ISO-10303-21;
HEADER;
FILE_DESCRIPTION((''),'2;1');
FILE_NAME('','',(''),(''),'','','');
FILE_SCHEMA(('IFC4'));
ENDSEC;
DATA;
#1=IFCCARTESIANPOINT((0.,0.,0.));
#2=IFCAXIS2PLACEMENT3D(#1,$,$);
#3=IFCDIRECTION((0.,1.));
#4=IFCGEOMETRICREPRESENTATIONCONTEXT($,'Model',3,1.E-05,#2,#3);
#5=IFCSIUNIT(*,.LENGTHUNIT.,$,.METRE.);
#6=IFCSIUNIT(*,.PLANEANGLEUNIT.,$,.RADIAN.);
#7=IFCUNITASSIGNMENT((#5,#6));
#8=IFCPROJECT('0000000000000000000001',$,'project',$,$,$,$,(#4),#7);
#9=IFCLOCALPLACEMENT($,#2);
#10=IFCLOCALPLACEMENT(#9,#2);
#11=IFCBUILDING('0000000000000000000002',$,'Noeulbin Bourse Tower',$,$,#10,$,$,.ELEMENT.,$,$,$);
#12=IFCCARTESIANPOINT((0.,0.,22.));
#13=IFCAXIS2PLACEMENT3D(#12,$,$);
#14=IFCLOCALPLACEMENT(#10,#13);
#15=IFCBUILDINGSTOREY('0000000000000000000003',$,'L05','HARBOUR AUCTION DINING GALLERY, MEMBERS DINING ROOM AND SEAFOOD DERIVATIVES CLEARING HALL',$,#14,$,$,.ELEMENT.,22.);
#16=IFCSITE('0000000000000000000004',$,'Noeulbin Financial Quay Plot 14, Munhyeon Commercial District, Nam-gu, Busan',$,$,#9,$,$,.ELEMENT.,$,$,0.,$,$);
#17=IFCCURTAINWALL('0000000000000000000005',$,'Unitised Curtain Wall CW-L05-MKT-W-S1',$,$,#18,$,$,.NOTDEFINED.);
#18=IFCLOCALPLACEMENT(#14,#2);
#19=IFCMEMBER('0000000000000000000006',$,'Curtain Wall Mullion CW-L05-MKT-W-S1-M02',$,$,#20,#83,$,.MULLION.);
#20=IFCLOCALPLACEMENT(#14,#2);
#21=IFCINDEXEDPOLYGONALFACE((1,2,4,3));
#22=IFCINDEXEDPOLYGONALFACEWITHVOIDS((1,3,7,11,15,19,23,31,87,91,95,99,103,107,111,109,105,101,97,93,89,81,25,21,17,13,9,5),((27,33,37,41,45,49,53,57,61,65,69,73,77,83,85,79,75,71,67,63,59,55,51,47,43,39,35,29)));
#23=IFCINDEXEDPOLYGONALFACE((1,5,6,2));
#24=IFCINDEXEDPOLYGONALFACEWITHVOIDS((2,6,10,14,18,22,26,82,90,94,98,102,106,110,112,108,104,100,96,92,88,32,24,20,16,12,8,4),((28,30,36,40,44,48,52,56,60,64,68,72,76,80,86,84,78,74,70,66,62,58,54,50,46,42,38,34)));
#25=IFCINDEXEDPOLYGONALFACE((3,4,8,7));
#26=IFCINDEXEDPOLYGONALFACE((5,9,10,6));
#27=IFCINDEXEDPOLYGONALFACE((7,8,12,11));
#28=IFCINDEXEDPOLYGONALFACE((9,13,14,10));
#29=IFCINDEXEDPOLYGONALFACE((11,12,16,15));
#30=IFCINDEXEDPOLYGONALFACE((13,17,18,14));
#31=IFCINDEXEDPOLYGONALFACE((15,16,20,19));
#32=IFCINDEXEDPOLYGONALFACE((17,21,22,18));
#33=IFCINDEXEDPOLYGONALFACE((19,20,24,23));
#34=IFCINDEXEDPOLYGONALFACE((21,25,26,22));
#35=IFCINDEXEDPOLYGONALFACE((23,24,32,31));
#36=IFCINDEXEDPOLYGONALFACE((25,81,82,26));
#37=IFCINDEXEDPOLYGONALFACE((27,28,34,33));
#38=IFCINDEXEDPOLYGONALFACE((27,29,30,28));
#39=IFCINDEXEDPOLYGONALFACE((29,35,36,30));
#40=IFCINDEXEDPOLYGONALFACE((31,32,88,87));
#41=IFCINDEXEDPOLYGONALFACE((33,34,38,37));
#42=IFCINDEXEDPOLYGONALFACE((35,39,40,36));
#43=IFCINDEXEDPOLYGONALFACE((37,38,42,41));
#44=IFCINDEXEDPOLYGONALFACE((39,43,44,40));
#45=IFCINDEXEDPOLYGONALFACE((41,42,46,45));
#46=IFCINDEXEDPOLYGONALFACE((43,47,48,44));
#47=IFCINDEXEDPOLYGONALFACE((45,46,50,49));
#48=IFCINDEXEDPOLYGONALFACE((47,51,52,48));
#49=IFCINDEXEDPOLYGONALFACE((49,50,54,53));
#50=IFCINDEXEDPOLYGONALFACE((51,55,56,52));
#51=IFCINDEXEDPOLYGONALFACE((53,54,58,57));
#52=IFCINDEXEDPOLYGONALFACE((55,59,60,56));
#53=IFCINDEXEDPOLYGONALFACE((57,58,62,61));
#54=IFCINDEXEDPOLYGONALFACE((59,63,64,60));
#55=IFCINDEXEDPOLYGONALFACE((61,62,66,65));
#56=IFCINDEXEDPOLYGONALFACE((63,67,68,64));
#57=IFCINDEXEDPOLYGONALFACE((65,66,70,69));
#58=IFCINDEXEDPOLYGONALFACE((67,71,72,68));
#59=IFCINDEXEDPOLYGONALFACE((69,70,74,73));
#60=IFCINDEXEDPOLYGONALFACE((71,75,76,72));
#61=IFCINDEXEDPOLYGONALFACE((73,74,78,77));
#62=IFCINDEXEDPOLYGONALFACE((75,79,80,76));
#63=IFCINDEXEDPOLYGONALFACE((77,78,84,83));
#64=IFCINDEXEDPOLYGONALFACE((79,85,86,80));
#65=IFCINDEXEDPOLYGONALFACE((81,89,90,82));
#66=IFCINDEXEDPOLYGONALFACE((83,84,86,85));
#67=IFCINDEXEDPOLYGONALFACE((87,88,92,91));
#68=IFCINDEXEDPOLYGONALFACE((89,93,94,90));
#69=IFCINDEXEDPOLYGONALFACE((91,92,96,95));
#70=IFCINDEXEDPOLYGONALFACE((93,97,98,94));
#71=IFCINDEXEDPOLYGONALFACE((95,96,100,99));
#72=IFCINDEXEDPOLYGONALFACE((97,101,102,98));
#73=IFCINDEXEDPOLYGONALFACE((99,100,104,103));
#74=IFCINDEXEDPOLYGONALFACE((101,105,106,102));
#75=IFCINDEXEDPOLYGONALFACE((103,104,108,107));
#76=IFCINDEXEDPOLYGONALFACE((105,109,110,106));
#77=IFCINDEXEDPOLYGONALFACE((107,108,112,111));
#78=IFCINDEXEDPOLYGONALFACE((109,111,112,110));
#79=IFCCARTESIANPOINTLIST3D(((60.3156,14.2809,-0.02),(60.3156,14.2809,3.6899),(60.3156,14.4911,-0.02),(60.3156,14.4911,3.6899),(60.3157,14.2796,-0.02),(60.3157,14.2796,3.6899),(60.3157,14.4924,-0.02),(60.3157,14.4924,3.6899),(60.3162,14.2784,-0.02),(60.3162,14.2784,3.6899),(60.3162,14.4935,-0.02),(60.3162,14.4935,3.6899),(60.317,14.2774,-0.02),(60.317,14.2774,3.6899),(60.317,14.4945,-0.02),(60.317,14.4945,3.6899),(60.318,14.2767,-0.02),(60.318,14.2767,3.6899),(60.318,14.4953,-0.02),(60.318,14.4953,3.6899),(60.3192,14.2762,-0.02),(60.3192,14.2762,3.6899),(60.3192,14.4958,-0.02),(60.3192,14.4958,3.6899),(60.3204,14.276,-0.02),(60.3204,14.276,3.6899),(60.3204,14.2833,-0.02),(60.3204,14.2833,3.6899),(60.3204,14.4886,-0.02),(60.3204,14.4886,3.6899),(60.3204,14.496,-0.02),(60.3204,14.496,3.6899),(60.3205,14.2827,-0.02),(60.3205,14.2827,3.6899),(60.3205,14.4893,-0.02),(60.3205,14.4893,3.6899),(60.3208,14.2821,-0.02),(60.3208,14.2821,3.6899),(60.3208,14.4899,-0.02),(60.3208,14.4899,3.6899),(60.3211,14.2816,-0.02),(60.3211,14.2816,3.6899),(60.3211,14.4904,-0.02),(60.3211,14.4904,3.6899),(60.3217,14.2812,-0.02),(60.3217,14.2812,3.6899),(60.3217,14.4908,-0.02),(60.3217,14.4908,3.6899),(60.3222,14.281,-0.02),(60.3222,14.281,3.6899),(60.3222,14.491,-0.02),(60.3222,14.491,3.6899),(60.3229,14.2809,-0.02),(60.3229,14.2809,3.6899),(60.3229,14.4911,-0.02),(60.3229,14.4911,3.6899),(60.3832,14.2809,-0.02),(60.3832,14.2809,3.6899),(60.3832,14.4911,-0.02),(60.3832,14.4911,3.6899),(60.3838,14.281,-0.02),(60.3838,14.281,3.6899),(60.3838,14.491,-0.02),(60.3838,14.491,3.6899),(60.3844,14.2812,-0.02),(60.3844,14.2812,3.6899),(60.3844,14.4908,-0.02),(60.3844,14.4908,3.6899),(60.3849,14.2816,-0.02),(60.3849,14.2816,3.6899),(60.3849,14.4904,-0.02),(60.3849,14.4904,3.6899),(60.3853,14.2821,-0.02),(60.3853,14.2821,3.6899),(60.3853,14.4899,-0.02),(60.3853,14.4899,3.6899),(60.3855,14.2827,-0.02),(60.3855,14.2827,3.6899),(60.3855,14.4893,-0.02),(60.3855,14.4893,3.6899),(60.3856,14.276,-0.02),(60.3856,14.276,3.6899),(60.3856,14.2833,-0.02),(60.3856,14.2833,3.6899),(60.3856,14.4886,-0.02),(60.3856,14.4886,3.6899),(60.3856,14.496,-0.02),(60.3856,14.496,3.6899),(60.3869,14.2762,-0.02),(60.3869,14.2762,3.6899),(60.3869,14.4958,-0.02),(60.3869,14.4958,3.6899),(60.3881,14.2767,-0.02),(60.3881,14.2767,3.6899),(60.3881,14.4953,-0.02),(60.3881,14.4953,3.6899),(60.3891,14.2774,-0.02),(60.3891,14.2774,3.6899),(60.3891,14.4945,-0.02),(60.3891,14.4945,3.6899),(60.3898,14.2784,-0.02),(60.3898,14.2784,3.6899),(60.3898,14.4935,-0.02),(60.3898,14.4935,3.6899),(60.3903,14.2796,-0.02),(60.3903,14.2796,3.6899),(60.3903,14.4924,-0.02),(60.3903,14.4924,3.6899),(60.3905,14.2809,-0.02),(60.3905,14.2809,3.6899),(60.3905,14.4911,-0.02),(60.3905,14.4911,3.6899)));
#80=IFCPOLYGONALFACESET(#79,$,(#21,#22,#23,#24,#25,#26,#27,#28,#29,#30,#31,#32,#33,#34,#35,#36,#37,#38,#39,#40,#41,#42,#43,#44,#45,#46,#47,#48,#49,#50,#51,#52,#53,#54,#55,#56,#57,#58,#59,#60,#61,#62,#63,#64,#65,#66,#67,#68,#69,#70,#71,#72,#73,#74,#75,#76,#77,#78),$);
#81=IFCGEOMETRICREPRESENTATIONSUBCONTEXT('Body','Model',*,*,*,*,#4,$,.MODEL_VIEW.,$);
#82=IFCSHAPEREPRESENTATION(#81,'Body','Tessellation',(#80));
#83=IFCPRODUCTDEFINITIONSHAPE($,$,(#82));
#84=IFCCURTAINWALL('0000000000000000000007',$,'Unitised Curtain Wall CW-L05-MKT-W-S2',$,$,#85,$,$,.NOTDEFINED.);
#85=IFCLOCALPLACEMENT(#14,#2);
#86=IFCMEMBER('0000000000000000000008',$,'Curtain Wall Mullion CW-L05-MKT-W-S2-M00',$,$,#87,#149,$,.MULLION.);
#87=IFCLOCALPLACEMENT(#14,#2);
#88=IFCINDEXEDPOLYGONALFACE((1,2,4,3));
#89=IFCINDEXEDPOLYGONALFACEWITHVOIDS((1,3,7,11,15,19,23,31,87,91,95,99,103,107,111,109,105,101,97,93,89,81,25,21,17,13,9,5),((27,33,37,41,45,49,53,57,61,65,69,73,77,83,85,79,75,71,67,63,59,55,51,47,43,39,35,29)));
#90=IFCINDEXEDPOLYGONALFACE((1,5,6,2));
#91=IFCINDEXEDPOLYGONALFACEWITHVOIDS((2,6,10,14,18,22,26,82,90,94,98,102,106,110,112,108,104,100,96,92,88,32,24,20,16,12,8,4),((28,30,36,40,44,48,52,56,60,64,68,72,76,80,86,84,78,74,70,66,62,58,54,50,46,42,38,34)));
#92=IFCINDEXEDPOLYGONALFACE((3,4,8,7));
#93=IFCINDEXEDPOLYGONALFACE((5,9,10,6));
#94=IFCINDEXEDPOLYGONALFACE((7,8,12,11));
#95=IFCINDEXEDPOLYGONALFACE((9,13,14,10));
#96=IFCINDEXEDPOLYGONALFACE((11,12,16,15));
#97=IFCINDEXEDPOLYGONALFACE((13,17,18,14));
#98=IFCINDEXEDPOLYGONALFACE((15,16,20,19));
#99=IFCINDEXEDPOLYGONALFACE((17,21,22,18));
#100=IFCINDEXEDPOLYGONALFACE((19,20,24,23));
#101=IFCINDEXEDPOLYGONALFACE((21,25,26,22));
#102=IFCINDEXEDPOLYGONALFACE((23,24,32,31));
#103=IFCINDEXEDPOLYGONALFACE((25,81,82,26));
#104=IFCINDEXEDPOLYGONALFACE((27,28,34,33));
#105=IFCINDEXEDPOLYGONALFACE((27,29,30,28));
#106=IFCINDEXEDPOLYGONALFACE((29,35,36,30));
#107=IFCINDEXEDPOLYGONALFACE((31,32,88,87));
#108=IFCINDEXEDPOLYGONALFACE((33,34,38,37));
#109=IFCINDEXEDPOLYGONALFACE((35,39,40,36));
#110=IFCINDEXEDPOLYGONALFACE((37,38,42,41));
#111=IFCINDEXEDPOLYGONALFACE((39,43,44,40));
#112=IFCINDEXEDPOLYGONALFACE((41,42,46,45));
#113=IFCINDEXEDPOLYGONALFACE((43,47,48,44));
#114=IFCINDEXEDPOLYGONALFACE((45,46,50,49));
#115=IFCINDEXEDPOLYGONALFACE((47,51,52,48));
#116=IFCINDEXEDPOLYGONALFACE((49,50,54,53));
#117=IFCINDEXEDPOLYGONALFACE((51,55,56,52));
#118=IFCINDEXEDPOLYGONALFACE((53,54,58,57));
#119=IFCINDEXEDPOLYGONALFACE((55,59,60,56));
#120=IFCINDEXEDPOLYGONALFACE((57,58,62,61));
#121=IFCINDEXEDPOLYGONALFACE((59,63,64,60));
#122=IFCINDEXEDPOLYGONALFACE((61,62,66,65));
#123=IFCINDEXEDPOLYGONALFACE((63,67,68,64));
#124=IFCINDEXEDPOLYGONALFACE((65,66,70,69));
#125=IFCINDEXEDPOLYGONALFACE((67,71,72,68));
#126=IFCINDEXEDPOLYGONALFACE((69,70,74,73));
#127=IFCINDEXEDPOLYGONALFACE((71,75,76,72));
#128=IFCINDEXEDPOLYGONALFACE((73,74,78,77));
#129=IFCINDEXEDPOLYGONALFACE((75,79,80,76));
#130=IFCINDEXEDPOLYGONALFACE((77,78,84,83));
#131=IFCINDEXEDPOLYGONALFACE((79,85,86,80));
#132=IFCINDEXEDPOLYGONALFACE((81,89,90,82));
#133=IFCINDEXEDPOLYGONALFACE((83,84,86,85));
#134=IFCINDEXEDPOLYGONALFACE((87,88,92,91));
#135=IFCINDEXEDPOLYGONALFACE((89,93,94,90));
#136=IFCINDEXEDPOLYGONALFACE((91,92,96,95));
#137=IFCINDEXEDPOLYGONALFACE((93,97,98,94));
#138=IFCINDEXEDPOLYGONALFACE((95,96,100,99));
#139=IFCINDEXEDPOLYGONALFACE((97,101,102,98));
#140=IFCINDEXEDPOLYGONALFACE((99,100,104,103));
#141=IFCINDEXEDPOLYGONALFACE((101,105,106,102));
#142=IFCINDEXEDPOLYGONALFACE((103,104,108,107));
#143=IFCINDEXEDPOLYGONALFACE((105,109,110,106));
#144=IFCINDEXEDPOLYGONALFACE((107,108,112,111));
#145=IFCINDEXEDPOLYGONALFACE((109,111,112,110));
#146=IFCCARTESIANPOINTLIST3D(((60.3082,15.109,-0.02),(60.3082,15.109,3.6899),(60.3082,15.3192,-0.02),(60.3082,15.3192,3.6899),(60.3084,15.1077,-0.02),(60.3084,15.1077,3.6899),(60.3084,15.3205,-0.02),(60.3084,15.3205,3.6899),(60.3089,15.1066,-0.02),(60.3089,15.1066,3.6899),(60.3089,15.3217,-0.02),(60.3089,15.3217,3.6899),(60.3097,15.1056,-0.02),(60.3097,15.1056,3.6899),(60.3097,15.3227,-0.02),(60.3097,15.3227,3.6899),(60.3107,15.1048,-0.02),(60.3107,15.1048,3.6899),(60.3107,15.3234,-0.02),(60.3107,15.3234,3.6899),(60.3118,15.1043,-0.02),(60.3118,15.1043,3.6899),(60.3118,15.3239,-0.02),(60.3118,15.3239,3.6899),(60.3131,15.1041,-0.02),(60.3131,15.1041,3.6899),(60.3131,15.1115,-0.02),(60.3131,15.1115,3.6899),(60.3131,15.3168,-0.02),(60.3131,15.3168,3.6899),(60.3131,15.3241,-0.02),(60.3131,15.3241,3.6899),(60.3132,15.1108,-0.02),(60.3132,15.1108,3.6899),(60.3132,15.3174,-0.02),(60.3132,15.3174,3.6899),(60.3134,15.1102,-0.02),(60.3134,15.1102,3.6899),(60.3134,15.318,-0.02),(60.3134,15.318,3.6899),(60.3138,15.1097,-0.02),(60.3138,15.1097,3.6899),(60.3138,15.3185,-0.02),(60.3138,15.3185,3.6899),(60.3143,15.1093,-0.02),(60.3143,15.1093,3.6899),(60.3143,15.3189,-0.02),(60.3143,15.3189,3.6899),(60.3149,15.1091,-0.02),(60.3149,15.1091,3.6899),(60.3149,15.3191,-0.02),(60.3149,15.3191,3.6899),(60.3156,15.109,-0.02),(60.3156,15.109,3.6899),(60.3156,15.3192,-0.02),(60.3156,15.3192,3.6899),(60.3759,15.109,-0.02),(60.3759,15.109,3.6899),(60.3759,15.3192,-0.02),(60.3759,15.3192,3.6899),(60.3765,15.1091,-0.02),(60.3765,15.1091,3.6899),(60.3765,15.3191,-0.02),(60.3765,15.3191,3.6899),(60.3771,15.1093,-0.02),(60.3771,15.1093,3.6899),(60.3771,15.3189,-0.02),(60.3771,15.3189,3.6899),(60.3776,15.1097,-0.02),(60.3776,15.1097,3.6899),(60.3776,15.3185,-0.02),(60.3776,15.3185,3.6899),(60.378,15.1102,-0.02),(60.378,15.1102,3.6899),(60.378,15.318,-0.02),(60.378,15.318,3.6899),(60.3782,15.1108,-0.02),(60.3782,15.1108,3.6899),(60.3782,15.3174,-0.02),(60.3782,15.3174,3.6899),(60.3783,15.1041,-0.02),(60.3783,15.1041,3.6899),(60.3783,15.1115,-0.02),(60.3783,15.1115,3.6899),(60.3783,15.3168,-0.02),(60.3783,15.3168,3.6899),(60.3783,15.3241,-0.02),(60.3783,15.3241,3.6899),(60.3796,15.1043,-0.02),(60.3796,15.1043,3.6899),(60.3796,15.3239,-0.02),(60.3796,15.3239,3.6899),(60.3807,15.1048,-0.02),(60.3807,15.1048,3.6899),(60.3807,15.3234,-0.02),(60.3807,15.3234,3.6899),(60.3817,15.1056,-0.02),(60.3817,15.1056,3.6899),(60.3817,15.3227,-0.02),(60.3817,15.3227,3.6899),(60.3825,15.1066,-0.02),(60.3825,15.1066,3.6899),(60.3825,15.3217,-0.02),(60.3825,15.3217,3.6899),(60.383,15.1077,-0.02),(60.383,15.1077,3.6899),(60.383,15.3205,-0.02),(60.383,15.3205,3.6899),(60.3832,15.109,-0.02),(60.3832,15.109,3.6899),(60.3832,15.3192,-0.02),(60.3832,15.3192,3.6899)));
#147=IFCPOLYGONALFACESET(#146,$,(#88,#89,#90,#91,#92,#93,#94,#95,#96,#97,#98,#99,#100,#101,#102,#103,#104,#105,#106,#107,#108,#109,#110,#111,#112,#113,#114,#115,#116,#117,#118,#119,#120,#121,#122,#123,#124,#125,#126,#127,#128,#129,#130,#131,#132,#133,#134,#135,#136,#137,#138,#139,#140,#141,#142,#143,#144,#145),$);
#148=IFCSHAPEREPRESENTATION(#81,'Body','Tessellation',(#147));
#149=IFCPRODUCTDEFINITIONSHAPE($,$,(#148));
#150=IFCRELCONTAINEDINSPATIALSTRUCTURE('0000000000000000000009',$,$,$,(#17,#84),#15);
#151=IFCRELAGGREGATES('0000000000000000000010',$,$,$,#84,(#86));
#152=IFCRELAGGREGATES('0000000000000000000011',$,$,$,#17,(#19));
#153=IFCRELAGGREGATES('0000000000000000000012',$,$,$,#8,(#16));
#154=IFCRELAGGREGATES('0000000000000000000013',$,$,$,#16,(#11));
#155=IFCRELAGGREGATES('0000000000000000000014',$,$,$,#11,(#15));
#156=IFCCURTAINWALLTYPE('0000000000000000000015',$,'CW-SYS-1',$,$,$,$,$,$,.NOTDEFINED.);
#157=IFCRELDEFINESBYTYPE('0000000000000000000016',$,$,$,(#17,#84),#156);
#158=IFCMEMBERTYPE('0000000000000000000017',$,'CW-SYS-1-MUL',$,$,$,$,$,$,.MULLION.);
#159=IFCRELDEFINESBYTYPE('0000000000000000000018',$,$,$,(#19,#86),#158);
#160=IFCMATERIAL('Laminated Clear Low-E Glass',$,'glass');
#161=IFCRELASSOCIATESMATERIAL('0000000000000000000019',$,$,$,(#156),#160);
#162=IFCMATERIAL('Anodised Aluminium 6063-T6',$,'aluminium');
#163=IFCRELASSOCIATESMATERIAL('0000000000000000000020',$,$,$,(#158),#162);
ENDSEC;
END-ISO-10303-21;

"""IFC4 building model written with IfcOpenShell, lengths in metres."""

from ifc_helpers import new_model, si_unit, direction, frame, origin, origin_2d, place, context, subcontext, project, spatial, hollow_rectangle, extrude, material, material_profile, profile_set, type_object, element, aggregate, save


model = new_model("IFC4")

# Units and contexts
model_context = context("Model", 3, precision=1e-05, world=origin(), true_north=direction((0.0, 1.0)))
body_context = subcontext(model_context, "Body", "Model", "MODEL_VIEW")
ifc_project = project(units=[si_unit("LENGTHUNIT", "METRE"), si_unit("PLANEANGLEUNIT", "RADIAN")], contexts=[model_context])

# Site, building, storey
site_placement = place(None, origin())
site = spatial("IfcSite", under=ifc_project, at=site_placement, Name="Noeulbin Financial Quay Plot 14, Munhyeon Commercial District, Nam-gu, Busan", CompositionType="ELEMENT", RefElevation=0.0)
building_placement = place(site_placement, origin())
building = spatial("IfcBuilding", under=site, at=building_placement, Name="Noeulbin Bourse Tower", CompositionType="ELEMENT")
storey_placement = place(building_placement, frame((0.0, 0.0, 22.0)))
storey = spatial("IfcBuildingStorey", under=building, at=storey_placement, Name="L05", Description="HARBOUR AUCTION DINING GALLERY, MEMBERS DINING ROOM AND SEAFOOD DERIVATIVES CLEARING HALL", CompositionType="ELEMENT", Elevation=22.0)

# Curtain wall, member
ifc_material_1 = material(Name="Laminated Clear Low-E Glass", Category="glass")
curtain_wall_type = type_object("IfcCurtainWallType", Name="CW-SYS-1", PredefinedType="NOTDEFINED", material=ifc_material_1)
curtain_wall_1_placement = place(storey_placement, origin())
curtain_wall_1 = element("IfcCurtainWall", 1, at=curtain_wall_1_placement, inside=storey, type_object=curtain_wall_type, Name="Unitised Curtain Wall CW-L05-MKT-W-S1", PredefinedType="NOTDEFINED")
ifc_material_2 = material(Name="Anodised Aluminium 6063-T6", Category="aluminium")
ifc_material_profile_1 = material_profile(ifc_material_2, hollow_rectangle(XDim=0.075, YDim=0.22, WallThickness=0.0049, InnerFilletRadius=0.0024, OuterFilletRadius=0.0049, at=origin_2d()), Name="ALU-MULL-75x220x5", Category="LoadBearing")
ifc_profile_set_1 = profile_set([ifc_material_profile_1], Name="Anodised Aluminium 6063-T6")
member_type_1 = type_object("IfcMemberType", Name="CW-SYS-1-MUL", PredefinedType="MULLION", material=ifc_profile_set_1)
member_1_placement = place(storey_placement, frame((60.353, 14.386, -0.02), z_axis=(0.0, 0.0, 1.0), x_axis=(1.0, 0.0, 0.0)))
member_1 = element("IfcMember", 2, at=member_1_placement, type_object=member_type_1, Name="Curtain Wall Mullion CW-L05-MKT-W-S1-M02", PredefinedType="MULLION", context=body_context, shape_type="SweptSolid", body=[
    extrude(hollow_rectangle(XDim=0.075, YDim=0.22, WallThickness=0.0049, InnerFilletRadius=0.0024, OuterFilletRadius=0.0049, at=origin_2d()), origin(), (0.0, 0.0, 1.0), 3.71),
])

# Curtain wall, member
curtain_wall_2_placement = place(storey_placement, origin())
curtain_wall_2 = element("IfcCurtainWall", 3, at=curtain_wall_2_placement, inside=storey, type_object=curtain_wall_type, Name="Unitised Curtain Wall CW-L05-MKT-W-S2", PredefinedType="NOTDEFINED")
member_2_placement = place(storey_placement, frame((60.3457, 15.2141, -0.02), z_axis=(0.0, 0.0, 1.0), x_axis=(1.0, 0.0, 0.0)))
member_2 = element("IfcMember", 4, at=member_2_placement, type_object=member_type_1, Name="Curtain Wall Mullion CW-L05-MKT-W-S2-M00", PredefinedType="MULLION", context=body_context, shape_type="SweptSolid", body=[
    extrude(hollow_rectangle(XDim=0.075, YDim=0.22, WallThickness=0.0049, InnerFilletRadius=0.0024, OuterFilletRadius=0.0049, at=origin_2d()), origin(), (0.0, 0.0, 1.0), 3.71),
])
aggregate(curtain_wall_2, [member_2])

aggregate(curtain_wall_1, [member_1])

save(model, "model.ifc")
